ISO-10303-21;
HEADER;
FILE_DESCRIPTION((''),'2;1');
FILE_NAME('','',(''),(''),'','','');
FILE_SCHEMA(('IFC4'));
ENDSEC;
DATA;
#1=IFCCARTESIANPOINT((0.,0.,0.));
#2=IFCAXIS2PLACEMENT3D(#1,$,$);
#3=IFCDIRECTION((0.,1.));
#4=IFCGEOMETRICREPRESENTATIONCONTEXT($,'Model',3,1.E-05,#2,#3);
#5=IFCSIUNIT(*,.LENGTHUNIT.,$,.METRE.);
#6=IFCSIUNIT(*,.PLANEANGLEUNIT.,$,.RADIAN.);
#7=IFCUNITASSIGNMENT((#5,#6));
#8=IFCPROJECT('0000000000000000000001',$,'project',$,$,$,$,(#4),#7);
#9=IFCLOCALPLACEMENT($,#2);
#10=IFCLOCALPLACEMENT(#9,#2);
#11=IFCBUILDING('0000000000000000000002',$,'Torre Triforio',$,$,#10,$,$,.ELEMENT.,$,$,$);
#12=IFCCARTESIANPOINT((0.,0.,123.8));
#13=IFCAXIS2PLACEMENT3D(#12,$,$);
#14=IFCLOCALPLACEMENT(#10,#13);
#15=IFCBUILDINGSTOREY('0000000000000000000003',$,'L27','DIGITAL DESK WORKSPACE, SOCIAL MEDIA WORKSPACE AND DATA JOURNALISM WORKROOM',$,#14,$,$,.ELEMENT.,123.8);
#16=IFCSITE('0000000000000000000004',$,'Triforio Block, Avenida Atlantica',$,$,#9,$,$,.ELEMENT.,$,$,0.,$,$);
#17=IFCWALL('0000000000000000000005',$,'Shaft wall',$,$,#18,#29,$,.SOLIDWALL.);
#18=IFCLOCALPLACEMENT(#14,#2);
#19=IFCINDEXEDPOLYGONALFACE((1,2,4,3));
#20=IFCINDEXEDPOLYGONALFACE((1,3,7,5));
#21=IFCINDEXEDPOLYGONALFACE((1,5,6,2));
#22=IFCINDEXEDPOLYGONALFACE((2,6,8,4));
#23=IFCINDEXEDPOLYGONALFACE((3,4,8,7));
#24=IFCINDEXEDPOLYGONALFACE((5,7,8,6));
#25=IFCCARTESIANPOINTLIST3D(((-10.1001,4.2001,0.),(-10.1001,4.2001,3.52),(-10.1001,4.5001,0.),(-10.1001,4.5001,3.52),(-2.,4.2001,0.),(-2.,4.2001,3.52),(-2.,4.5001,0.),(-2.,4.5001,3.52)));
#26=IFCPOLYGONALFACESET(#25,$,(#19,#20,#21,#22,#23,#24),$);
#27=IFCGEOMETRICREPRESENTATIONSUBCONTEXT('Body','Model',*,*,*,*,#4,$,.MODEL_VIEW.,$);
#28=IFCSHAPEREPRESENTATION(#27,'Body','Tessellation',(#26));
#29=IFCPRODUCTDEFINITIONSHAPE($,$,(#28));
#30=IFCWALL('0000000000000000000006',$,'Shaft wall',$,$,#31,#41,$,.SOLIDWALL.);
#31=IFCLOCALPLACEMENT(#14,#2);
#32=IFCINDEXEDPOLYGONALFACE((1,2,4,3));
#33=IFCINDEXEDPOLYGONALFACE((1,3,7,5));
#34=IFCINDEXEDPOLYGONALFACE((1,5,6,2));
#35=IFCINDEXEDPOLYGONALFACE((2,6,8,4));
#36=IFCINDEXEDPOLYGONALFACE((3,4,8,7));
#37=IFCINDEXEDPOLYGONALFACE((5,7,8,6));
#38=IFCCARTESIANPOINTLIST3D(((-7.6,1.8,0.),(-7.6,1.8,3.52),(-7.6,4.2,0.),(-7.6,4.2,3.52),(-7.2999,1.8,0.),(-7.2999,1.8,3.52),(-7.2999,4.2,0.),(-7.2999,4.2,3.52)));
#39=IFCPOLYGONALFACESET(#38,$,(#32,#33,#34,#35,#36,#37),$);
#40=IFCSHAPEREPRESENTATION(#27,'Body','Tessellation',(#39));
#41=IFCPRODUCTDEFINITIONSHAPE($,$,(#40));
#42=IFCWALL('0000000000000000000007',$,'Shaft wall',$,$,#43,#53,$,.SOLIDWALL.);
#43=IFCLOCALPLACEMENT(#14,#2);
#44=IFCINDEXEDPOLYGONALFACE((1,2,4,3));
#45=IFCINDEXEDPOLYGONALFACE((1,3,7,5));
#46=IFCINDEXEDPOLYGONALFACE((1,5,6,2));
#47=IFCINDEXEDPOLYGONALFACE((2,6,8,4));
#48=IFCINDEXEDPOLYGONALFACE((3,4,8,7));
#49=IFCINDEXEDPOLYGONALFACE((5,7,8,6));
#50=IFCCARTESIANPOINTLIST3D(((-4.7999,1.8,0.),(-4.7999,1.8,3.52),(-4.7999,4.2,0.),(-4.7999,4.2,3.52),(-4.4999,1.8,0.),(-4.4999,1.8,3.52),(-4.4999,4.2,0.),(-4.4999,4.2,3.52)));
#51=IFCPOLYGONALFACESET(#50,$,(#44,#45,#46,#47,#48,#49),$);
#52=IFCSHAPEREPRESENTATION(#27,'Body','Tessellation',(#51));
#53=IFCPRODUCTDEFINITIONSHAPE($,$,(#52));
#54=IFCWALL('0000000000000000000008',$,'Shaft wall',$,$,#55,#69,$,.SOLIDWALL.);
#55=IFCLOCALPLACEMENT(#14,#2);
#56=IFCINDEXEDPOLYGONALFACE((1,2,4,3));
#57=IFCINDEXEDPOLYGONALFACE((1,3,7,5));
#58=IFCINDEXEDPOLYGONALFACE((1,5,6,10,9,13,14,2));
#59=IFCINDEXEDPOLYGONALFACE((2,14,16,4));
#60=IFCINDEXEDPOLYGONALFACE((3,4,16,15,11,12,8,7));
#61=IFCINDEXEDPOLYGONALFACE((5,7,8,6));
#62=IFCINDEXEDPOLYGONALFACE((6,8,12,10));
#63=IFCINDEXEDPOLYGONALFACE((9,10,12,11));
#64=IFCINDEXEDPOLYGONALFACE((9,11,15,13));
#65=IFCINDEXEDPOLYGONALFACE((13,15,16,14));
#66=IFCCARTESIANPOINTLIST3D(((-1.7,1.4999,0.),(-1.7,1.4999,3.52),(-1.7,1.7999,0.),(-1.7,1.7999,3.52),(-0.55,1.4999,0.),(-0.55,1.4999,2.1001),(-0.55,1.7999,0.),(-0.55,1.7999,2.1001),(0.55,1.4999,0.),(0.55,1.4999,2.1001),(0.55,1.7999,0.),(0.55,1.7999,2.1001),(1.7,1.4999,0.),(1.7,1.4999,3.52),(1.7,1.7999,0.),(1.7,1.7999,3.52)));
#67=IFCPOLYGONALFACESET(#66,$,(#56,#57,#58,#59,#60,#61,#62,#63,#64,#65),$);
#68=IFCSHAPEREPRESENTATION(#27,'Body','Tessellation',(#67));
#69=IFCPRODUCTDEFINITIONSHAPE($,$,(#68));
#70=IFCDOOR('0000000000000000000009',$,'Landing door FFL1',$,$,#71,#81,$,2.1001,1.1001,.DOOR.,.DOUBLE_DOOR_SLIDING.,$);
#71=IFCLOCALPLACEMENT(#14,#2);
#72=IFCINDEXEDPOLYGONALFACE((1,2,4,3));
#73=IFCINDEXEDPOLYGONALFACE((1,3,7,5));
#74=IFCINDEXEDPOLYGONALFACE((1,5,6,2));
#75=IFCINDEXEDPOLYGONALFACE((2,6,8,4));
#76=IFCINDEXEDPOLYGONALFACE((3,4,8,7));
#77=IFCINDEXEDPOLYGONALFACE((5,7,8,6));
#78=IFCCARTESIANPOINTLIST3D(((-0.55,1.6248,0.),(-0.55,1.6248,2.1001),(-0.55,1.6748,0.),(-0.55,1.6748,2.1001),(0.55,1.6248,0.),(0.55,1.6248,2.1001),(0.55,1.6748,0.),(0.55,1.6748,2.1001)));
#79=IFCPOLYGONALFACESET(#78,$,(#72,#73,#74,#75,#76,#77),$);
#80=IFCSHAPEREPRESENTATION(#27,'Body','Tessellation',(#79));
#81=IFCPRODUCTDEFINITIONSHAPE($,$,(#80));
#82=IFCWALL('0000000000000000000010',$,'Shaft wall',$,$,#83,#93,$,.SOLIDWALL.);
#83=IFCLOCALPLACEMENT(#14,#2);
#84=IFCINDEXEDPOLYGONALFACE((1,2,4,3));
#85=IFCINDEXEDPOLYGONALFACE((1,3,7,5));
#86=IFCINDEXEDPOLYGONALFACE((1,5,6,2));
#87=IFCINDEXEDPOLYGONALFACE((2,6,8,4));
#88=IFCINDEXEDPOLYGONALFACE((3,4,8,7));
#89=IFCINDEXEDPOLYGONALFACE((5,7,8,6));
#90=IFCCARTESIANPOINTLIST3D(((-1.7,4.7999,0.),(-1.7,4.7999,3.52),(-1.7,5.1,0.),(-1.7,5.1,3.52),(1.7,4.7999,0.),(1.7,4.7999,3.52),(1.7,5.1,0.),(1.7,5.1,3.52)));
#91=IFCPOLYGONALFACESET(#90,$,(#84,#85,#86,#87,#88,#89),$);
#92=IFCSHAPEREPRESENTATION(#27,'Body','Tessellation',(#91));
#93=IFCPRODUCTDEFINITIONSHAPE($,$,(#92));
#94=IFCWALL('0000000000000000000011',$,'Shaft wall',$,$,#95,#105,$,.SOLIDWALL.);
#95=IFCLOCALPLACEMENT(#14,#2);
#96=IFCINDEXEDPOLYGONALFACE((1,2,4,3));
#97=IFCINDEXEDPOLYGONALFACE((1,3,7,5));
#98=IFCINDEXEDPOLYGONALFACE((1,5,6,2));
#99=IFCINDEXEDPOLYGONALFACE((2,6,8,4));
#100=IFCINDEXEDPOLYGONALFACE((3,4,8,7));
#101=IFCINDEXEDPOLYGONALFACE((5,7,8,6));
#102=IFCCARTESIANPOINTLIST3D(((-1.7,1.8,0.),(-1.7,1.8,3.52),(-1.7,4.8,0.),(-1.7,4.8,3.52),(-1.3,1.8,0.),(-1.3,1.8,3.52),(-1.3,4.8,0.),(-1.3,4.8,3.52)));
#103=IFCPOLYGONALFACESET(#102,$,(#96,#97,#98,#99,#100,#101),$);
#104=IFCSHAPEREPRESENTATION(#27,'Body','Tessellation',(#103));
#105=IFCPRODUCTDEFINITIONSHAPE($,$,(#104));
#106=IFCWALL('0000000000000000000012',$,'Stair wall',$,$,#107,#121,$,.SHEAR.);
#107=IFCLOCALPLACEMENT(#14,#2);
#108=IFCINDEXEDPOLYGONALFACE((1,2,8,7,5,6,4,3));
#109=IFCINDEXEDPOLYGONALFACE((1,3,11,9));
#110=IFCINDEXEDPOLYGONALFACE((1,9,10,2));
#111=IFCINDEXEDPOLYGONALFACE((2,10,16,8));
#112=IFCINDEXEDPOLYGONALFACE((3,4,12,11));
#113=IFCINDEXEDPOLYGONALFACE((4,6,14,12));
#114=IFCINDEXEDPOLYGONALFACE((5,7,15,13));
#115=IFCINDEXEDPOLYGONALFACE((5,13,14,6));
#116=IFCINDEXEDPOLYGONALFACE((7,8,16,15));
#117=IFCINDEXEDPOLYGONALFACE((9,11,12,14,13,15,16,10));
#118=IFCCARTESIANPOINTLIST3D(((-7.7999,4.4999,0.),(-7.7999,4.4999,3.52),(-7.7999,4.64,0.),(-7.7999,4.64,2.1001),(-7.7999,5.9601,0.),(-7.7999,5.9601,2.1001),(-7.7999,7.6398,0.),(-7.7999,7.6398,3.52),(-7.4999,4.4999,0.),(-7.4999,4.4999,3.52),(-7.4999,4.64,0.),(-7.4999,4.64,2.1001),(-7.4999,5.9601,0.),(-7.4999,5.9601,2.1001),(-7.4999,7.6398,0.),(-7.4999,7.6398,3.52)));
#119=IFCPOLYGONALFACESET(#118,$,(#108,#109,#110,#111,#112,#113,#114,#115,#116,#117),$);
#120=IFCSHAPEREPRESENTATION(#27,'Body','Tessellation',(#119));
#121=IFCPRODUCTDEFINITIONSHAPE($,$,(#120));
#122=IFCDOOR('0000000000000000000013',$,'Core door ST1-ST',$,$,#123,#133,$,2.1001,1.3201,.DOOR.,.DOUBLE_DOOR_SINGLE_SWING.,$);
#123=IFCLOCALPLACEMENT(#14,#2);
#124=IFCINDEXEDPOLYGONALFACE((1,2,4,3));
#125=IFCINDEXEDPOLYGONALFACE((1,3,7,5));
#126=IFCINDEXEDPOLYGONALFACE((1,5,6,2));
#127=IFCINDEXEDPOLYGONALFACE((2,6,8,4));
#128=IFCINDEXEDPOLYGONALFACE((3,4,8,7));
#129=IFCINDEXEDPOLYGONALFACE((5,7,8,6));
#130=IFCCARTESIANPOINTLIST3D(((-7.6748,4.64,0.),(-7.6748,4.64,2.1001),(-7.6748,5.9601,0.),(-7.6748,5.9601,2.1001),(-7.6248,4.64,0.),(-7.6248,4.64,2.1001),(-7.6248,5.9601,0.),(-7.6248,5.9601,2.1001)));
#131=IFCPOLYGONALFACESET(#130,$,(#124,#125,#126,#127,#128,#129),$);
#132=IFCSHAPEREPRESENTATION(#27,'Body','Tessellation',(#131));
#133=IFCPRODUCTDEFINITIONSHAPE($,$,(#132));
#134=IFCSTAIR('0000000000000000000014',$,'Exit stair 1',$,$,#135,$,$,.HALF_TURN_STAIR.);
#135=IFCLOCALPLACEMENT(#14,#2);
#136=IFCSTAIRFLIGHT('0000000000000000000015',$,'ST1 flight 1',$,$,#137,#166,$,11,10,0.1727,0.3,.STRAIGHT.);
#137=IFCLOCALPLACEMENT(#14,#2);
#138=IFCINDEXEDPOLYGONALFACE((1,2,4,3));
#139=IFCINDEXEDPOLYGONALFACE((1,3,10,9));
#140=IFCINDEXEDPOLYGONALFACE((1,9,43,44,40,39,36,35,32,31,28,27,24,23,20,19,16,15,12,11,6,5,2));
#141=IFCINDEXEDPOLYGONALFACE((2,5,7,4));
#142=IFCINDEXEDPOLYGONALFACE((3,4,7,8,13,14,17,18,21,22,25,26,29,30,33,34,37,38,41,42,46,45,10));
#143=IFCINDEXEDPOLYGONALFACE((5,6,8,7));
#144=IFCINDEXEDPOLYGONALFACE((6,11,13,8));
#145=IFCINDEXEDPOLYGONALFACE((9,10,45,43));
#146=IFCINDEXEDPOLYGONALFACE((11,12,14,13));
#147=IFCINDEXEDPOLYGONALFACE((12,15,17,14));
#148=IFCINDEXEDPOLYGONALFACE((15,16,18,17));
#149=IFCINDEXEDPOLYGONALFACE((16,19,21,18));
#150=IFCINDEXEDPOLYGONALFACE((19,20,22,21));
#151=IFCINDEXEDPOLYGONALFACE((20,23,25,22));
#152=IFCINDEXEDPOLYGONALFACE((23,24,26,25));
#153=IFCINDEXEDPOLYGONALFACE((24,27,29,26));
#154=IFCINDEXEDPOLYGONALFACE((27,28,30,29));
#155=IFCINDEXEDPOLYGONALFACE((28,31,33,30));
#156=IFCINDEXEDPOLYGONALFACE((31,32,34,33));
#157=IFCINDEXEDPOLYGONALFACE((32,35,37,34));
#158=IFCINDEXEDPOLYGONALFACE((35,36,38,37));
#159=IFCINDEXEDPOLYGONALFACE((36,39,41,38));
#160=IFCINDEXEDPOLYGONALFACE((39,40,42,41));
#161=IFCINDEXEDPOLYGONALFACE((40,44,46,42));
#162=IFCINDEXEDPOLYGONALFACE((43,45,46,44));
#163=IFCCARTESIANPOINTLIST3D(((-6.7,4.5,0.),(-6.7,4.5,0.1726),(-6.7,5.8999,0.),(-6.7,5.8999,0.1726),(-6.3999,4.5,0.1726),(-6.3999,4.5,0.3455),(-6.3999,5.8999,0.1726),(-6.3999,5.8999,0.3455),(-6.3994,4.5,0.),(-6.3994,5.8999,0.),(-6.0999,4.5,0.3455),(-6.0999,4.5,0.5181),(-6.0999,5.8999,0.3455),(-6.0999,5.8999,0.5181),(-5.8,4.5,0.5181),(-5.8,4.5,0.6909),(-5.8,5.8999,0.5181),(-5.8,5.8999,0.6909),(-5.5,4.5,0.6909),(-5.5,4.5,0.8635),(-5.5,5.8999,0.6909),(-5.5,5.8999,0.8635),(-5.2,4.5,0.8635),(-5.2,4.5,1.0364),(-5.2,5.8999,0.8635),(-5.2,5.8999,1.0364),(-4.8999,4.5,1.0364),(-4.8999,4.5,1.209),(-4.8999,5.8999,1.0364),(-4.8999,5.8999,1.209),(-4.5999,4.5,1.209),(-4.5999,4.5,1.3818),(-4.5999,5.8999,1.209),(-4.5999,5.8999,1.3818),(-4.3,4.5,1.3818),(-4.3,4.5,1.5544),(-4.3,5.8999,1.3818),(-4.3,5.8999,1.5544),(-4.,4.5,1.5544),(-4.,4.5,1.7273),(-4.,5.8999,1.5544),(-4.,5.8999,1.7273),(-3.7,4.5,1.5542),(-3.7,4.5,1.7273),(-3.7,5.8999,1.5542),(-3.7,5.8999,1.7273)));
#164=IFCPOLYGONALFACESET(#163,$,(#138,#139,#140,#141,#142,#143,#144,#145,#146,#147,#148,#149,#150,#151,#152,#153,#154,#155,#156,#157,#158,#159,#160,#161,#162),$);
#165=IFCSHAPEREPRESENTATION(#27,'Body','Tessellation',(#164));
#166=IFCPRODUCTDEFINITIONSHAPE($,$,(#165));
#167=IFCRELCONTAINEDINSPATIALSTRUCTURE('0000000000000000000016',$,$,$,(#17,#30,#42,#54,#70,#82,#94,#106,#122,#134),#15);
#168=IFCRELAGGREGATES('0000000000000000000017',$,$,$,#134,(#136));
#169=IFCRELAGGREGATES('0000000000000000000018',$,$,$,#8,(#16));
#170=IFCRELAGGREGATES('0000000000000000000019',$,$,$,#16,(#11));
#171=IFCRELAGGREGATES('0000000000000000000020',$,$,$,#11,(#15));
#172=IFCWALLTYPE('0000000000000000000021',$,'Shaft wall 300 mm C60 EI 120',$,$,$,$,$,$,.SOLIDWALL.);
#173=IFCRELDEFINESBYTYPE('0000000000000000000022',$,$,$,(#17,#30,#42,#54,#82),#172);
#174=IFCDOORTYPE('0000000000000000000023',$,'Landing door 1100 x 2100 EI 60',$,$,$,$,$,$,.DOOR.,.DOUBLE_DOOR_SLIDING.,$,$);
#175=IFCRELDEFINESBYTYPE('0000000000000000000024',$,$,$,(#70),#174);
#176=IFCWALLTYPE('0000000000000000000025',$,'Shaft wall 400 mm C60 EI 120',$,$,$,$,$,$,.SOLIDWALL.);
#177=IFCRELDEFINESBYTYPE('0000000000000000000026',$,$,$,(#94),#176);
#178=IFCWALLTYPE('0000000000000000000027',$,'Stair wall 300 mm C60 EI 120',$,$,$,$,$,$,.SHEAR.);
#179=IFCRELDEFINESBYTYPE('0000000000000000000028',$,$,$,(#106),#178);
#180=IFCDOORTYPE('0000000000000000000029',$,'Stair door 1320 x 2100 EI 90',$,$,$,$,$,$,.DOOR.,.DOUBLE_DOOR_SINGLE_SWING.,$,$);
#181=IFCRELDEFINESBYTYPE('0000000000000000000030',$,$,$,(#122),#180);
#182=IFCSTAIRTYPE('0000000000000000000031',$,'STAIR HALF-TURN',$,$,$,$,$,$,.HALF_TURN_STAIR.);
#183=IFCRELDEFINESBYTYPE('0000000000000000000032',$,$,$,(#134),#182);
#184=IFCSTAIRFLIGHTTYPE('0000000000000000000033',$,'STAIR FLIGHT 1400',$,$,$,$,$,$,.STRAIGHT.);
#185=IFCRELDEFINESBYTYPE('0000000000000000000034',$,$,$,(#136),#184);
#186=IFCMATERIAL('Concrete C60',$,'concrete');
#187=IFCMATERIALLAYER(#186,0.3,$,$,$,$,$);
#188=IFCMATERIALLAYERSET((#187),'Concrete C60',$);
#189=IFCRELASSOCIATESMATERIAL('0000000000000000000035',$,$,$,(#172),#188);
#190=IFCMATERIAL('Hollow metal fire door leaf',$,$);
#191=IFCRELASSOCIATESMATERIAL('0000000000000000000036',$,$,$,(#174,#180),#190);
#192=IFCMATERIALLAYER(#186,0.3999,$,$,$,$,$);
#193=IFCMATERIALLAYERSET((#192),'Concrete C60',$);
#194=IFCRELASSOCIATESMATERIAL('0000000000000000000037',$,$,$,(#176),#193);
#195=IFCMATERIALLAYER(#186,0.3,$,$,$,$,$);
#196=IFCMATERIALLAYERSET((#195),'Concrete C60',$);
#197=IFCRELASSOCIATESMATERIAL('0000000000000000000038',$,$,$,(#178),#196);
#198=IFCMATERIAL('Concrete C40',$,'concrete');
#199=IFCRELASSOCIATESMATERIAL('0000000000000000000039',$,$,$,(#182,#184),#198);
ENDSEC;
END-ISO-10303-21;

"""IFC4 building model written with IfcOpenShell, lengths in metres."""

from ifc_helpers import new_model, si_unit, direction, frame, frame_2d, origin, place, context, subcontext, project, spatial, polyline, rectangle, outline, extrude, material, layer, layer_set, type_object, element, fill, aggregate, save


model = new_model("IFC4")

# Units and contexts
model_context = context("Model", 3, precision=1e-05, world=origin(), true_north=direction((0.0, 1.0)))
body_context = subcontext(model_context, "Body", "Model", "MODEL_VIEW")
ifc_project = project(units=[si_unit("LENGTHUNIT", "METRE"), si_unit("PLANEANGLEUNIT", "RADIAN")], contexts=[model_context])

# Site, building, storey
site_placement = place(None, origin())
site = spatial("IfcSite", under=ifc_project, at=site_placement, Name="Triforio Block, Avenida Atlantica", CompositionType="ELEMENT", RefElevation=0.0)
building_placement = place(site_placement, origin())
building = spatial("IfcBuilding", under=site, at=building_placement, Name="Torre Triforio", CompositionType="ELEMENT")
storey_placement = place(building_placement, frame((0.0, 0.0, 123.8)))
storey = spatial("IfcBuildingStorey", under=building, at=storey_placement, Name="L27", Description="DIGITAL DESK WORKSPACE, SOCIAL MEDIA WORKSPACE AND DATA JOURNALISM WORKROOM", CompositionType="ELEMENT", Elevation=123.8)

# Walls
ifc_material_1 = material(Name="Concrete C60", Category="concrete")
ifc_layer_1 = layer(ifc_material_1, 0.3)
ifc_layer_set_1 = layer_set([ifc_layer_1], Name="Concrete C60")
wall_type_1 = type_object("IfcWallType", Name="Shaft wall 300 mm C60 EI 120", PredefinedType="SOLIDWALL", material=ifc_layer_set_1)
wall_1_placement = place(storey_placement, frame((-10.1001, 4.3501, 0.0), z_axis=(0.0, 0.0, 1.0), x_axis=(1.0, 0.0, 0.0)))
element("IfcWall", 1, at=wall_1_placement, inside=storey, type_object=wall_type_1, Name="Shaft wall", PredefinedType="SOLIDWALL", context=body_context, shape_type="SweptSolid", body=[
    extrude(rectangle(XDim=8.1001, YDim=0.3, at=frame_2d((4.05, 0.0))), origin(), (0.0, 0.0, 1.0), 3.52),
])
for number, where, z_axis, x_axis, name in (
    (2, (-7.45, 1.8, 0.0), (0.0, 0.0, 1.0), (0.0, 1.0, 0.0), "Shaft wall"),
    (3, (-4.6499, 1.8, 0.0), (0.0, 0.0, 1.0), (0.0, 1.0, 0.0), "Shaft wall"),
):
    element("IfcWall", number, at=place(storey_placement, frame(where, z_axis=z_axis, x_axis=x_axis)), inside=storey, type_object=wall_type_1, Name=name, PredefinedType="SOLIDWALL", context=body_context, shape_type="SweptSolid", body=[
        extrude(rectangle(XDim=2.3999, YDim=0.3, at=frame_2d((1.2, 0.0))), origin(), (0.0, 0.0, 1.0), 3.52),
    ])

# Wall, opening, door
wall_2_placement = place(storey_placement, frame((-1.7, 1.6499, 0.0), z_axis=(0.0, 0.0, 1.0), x_axis=(1.0, 0.0, 0.0)))
wall_2 = element("IfcWall", 4, at=wall_2_placement, inside=storey, type_object=wall_type_1, Name="Shaft wall", PredefinedType="SOLIDWALL", context=body_context, shape_type="SweptSolid", body=[
    extrude(rectangle(XDim=3.3999, YDim=0.3, at=frame_2d((1.7, 0.0))), origin(), (0.0, 0.0, 1.0), 3.52),
])
opening_1_placement = place(wall_2_placement, frame((1.1499, 0.0, 0.0)))
opening_1 = element("IfcOpeningElement", 5, at=opening_1_placement, cuts=wall_2, PredefinedType="OPENING", context=body_context, shape_type="SweptSolid", body=[
    extrude(rectangle(XDim=1.1001, YDim=2.1001, at=frame_2d((0.55, 1.05))), frame((0.0, 0.1599, 0.0), z_axis=(0.0, -1.0, 0.0), x_axis=(1.0, 0.0, 0.0)), (0.0, 0.0, 1.0), 0.3201),
])
ifc_material_2 = material(Name="Hollow metal fire door leaf")
door_type_1 = type_object("IfcDoorType", Name="Landing door 1100 x 2100 EI 60", OperationType="DOUBLE_DOOR_SLIDING", PredefinedType="DOOR", material=ifc_material_2)
door_1_placement = place(opening_1_placement, origin())
door_1 = element("IfcDoor", 6, at=door_1_placement, inside=storey, type_object=door_type_1, Name="Landing door FFL1", OperationType="DOUBLE_DOOR_SLIDING", OverallHeight=2.1001, OverallWidth=1.1001, PredefinedType="DOOR", context=body_context, shape_type="SweptSolid", body=[
    extrude(rectangle(XDim=1.1001, YDim=2.1001, at=frame_2d((0.55, 1.05))), frame((0.0, 0.0249, 0.0), z_axis=(0.0, -1.0, 0.0), x_axis=(1.0, 0.0, 0.0)), (0.0, 0.0, 1.0), 0.05),
])
fill(opening_1, door_1)

# Walls
wall_3_placement = place(storey_placement, frame((-1.7, 4.95, 0.0), z_axis=(0.0, 0.0, 1.0), x_axis=(1.0, 0.0, 0.0)))
element("IfcWall", 7, at=wall_3_placement, inside=storey, type_object=wall_type_1, Name="Shaft wall", PredefinedType="SOLIDWALL", context=body_context, shape_type="SweptSolid", body=[
    extrude(rectangle(XDim=3.3999, YDim=0.3, at=frame_2d((1.7, 0.0))), origin(), (0.0, 0.0, 1.0), 3.52),
])
ifc_layer_2 = layer(ifc_material_1, 0.3999)
ifc_layer_set_2 = layer_set([ifc_layer_2], Name="Concrete C60")
wall_type_2 = type_object("IfcWallType", Name="Shaft wall 400 mm C60 EI 120", PredefinedType="SOLIDWALL", material=ifc_layer_set_2)
wall_4_placement = place(storey_placement, frame((-1.5, 1.8, 0.0), z_axis=(0.0, 0.0, 1.0), x_axis=(0.0, 1.0, 0.0)))
element("IfcWall", 8, at=wall_4_placement, inside=storey, type_object=wall_type_2, Name="Shaft wall", PredefinedType="SOLIDWALL", context=body_context, shape_type="SweptSolid", body=[
    extrude(rectangle(XDim=3.0, YDim=0.3999, at=frame_2d((1.5, 0.0))), origin(), (0.0, 0.0, 1.0), 3.52),
])

# Wall, opening, door
ifc_layer_3 = layer(ifc_material_1, 0.3)
ifc_layer_set_3 = layer_set([ifc_layer_3], Name="Concrete C60")
wall_type_3 = type_object("IfcWallType", Name="Stair wall 300 mm C60 EI 120", PredefinedType="SHEAR", material=ifc_layer_set_3)
wall_5_placement = place(storey_placement, frame((-7.6499, 4.5, 0.0), z_axis=(0.0, 0.0, 1.0), x_axis=(0.0, 1.0, 0.0)))
wall_5 = element("IfcWall", 9, at=wall_5_placement, inside=storey, type_object=wall_type_3, Name="Stair wall", PredefinedType="SHEAR", context=body_context, shape_type="SweptSolid", body=[
    extrude(rectangle(XDim=3.1399, YDim=0.3, at=frame_2d((1.5698, 0.0))), origin(), (0.0, 0.0, 1.0), 3.52),
])
opening_2_placement = place(wall_5_placement, frame((0.1399, 0.0, 0.0)))
opening_2 = element("IfcOpeningElement", 10, at=opening_2_placement, cuts=wall_5, PredefinedType="OPENING", context=body_context, shape_type="SweptSolid", body=[
    extrude(rectangle(XDim=1.3201, YDim=2.1001, at=frame_2d((0.6602, 1.05))), frame((0.0, 0.1599, 0.0), z_axis=(0.0, -1.0, 0.0), x_axis=(1.0, 0.0, 0.0)), (0.0, 0.0, 1.0), 0.3201),
])
door_type_2 = type_object("IfcDoorType", Name="Stair door 1320 x 2100 EI 90", OperationType="DOUBLE_DOOR_SINGLE_SWING", PredefinedType="DOOR", material=ifc_material_2)
door_2_placement = place(opening_2_placement, origin())
door_2 = element("IfcDoor", 11, at=door_2_placement, inside=storey, type_object=door_type_2, Name="Core door ST1-ST", OperationType="DOUBLE_DOOR_SINGLE_SWING", OverallHeight=2.1001, OverallWidth=1.3201, PredefinedType="DOOR", context=body_context, shape_type="SweptSolid", body=[
    extrude(rectangle(XDim=1.3201, YDim=2.1001, at=frame_2d((0.6602, 1.05))), frame((0.0, 0.0249, 0.0), z_axis=(0.0, -1.0, 0.0), x_axis=(1.0, 0.0, 0.0)), (0.0, 0.0, 1.0), 0.05),
])
fill(opening_2, door_2)

# Stair, stair flight
ifc_material_3 = material(Name="Concrete C40", Category="concrete")
stair_type = type_object("IfcStairType", Name="STAIR HALF-TURN", PredefinedType="HALF_TURN_STAIR", material=ifc_material_3)
stair_placement = place(storey_placement, origin())
stair = element("IfcStair", 12, at=stair_placement, inside=storey, type_object=stair_type, Name="Exit stair 1", PredefinedType="HALF_TURN_STAIR")
stair_flight_type = type_object("IfcStairFlightType", Name="STAIR FLIGHT 1400", PredefinedType="STRAIGHT", material=ifc_material_3)
stair_flight_placement = place(storey_placement, frame((-6.7, 5.2, 0.0), z_axis=(0.0, 0.0, 1.0), x_axis=(1.0, 0.0, 0.0)))
stair_flight = element("IfcStairFlight", 13, at=stair_flight_placement, type_object=stair_flight_type, Name="ST1 flight 1", NumberOfRisers=11, NumberOfTreads=10, PredefinedType="STRAIGHT", RiserHeight=0.1727, TreadLength=0.3, context=body_context, shape_type="SweptSolid", body=[
    extrude(outline(polyline([(0.0, 0.0), (0.0, 0.1726), (0.3, 0.1726), (0.3, 0.3455), (0.6001, 0.3455), (0.6001, 0.5181), (0.8999, 0.5181), (0.8999, 0.6909), (1.2, 0.6909), (1.2, 0.8635), (1.5, 0.8635), (1.5, 1.0364), (1.8, 1.0364), (1.8, 1.209), (2.1001, 1.209), (2.1001, 1.3818), (2.3999, 1.3818), (2.3999, 1.5544), (2.7, 1.5544), (2.7, 1.7273), (3.0, 1.7273), (3.0, 1.8999), (3.0, 1.5542), (0.3005, 0.0), (0.0, 0.0)])), frame((0.0, 0.7, 0.0), z_axis=(0.0, -1.0, 0.0), x_axis=(1.0, 0.0, 0.0)), (0.0, 0.0, 1.0), 1.3999),
])
aggregate(stair, [stair_flight])

save(model, "model.ifc")
